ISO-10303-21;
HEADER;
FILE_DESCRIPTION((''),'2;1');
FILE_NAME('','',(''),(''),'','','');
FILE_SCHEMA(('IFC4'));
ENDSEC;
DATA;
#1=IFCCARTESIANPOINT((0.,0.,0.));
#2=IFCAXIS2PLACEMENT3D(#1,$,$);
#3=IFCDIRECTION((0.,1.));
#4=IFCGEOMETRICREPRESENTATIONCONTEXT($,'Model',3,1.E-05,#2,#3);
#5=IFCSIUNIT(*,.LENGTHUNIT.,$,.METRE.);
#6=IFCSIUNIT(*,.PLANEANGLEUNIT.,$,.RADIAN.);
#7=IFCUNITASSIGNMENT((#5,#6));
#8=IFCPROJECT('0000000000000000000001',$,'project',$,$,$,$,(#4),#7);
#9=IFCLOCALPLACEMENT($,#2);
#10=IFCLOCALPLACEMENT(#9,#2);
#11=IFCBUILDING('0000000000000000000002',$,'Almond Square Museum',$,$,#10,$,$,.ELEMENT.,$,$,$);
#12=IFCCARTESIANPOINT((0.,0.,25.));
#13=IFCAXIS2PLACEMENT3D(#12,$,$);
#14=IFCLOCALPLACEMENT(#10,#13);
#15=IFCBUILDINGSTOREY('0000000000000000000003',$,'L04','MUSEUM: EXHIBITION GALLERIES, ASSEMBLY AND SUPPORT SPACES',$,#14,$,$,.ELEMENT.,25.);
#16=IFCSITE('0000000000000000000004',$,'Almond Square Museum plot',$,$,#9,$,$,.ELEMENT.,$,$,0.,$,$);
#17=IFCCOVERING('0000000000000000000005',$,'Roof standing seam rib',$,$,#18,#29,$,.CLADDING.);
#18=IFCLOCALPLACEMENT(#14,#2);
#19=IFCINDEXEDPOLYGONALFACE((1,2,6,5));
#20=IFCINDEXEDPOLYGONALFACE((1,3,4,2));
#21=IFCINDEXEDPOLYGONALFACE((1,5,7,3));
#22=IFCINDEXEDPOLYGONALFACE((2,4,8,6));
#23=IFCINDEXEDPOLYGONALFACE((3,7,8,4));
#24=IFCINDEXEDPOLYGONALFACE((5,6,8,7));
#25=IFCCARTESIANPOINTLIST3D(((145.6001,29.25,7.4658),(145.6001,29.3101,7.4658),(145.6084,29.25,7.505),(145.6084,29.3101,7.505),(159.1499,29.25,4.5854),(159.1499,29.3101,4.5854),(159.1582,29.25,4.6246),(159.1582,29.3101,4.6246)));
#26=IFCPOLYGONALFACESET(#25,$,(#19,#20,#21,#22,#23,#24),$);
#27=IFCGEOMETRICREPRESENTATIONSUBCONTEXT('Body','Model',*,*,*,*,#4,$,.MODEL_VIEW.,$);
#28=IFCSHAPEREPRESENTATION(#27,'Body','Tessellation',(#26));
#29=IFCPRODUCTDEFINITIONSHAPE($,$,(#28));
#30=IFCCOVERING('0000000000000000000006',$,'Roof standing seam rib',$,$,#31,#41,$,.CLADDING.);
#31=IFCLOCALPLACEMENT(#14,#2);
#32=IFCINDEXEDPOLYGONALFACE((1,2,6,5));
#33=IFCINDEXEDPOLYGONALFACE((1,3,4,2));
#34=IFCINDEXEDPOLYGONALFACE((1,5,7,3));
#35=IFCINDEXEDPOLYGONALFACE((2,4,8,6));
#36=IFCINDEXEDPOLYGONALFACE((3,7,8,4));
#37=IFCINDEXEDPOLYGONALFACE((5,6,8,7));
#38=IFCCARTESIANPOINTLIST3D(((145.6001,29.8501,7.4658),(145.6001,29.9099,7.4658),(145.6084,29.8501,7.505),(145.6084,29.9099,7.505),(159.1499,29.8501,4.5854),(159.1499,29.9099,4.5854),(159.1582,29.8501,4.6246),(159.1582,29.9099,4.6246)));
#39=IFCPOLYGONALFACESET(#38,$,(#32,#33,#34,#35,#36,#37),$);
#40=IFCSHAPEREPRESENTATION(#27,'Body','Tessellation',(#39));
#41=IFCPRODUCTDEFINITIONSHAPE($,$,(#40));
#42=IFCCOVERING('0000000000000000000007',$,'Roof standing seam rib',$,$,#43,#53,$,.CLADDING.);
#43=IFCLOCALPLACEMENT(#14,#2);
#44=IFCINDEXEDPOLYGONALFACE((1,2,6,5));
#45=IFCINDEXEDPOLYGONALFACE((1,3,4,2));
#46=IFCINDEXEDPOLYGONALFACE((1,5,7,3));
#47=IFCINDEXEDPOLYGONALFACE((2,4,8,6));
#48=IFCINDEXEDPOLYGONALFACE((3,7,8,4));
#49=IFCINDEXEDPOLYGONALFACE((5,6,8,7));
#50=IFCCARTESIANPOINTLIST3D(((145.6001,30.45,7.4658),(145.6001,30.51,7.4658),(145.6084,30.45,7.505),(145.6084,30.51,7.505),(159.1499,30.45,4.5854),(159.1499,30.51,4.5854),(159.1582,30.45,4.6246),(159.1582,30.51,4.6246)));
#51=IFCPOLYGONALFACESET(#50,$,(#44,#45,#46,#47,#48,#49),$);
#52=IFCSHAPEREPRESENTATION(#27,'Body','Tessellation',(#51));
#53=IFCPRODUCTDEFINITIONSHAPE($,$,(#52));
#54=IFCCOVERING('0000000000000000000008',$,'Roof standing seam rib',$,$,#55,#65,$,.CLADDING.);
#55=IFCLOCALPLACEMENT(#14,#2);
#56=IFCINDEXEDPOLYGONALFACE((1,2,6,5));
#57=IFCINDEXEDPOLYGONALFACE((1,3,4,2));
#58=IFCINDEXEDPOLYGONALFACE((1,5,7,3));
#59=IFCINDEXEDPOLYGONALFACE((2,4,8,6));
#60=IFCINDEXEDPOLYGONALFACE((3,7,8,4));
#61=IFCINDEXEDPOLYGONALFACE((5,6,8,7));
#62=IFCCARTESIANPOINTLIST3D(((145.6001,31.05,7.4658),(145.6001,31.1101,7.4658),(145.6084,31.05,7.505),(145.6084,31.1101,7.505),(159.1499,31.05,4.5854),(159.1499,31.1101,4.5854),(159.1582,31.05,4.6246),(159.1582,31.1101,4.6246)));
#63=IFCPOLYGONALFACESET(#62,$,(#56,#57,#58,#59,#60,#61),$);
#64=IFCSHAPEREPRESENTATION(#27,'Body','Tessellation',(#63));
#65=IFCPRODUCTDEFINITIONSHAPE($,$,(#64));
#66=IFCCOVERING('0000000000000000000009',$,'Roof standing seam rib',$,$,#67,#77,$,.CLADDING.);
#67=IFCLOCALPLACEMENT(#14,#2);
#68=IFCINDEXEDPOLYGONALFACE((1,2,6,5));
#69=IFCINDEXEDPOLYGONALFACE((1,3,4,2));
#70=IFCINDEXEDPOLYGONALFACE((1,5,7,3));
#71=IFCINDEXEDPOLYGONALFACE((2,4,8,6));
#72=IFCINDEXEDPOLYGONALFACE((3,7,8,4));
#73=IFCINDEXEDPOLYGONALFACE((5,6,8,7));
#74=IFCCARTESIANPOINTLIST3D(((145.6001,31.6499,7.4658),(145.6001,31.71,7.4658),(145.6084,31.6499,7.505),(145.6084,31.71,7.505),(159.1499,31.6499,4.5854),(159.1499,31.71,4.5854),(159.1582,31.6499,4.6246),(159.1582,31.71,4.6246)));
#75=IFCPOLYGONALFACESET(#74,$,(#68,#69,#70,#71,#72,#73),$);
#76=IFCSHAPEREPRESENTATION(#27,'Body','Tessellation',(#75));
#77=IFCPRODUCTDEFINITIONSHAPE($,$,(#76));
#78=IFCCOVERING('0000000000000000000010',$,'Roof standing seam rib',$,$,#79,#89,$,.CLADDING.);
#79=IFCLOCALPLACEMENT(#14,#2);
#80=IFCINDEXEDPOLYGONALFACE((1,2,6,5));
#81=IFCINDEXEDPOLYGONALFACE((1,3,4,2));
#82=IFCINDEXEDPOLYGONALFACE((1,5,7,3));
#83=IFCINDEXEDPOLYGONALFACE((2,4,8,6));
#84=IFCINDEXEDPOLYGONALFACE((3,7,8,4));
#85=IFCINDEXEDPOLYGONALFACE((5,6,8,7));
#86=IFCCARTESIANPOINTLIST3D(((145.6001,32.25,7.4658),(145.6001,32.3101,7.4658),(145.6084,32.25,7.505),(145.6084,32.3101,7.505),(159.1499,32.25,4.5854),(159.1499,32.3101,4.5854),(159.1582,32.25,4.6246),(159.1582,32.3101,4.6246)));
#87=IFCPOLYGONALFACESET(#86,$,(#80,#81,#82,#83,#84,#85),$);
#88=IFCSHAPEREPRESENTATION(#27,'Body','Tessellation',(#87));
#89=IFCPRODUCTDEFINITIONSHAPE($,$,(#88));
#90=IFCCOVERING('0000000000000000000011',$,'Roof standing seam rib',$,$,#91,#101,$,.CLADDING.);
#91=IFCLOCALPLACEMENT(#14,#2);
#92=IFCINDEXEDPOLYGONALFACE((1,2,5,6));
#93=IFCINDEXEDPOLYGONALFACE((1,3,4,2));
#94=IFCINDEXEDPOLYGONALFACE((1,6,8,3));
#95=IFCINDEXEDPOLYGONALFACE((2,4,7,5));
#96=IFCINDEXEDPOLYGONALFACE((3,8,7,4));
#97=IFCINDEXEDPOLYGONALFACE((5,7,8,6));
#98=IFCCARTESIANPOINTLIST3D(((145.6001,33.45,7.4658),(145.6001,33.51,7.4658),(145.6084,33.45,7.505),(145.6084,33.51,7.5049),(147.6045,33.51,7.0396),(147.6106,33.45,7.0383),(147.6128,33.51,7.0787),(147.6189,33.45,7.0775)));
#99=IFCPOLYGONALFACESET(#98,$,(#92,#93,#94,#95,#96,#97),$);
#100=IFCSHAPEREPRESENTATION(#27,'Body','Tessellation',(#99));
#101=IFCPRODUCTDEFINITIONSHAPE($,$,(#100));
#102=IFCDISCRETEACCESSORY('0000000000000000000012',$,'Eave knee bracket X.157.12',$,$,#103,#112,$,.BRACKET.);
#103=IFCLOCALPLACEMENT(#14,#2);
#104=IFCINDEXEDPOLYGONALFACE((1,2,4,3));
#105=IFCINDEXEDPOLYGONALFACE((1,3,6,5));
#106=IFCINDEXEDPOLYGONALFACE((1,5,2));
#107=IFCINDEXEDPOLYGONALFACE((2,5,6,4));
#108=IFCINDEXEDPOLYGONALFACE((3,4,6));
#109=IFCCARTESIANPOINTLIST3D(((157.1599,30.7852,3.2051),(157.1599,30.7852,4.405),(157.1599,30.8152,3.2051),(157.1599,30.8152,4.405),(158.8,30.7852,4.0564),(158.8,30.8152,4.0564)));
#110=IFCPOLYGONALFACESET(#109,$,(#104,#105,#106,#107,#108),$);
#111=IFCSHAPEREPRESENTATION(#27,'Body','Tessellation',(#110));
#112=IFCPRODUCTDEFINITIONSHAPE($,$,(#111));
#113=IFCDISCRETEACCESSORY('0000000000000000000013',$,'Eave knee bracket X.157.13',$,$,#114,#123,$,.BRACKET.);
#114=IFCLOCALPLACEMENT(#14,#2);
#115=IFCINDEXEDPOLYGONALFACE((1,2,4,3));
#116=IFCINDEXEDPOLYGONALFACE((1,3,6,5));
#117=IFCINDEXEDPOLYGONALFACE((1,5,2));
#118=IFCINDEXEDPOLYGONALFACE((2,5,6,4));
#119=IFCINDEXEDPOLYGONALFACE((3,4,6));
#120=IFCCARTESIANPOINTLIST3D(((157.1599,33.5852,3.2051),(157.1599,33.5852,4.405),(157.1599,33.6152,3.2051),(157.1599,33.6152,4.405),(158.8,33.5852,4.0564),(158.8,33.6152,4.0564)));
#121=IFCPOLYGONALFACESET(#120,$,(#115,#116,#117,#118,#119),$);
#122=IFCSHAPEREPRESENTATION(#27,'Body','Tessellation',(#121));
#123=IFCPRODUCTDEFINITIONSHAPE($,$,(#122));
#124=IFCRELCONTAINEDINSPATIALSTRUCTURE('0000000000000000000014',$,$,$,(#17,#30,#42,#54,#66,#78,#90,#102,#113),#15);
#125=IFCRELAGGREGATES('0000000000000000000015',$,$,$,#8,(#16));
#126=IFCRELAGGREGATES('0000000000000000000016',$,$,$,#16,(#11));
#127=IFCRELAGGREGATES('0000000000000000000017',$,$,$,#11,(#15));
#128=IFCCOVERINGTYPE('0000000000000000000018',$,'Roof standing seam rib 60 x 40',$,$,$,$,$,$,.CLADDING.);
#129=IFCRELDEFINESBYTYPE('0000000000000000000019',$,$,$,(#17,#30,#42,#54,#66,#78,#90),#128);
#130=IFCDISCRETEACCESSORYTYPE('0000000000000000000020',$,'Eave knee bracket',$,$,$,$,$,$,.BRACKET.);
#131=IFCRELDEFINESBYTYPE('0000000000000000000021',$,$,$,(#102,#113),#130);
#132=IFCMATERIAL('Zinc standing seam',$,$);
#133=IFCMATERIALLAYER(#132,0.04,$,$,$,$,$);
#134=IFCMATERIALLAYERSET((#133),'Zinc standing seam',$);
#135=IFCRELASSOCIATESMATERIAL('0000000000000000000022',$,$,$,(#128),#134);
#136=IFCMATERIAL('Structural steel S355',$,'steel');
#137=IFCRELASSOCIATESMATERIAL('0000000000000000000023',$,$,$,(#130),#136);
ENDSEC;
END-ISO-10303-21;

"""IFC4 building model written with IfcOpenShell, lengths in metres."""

from ifc_helpers import new_model, si_unit, direction, frame, origin, place, context, subcontext, project, spatial, polyline, outline, extrude, material, layer, layer_set, type_object, element, save


model = new_model("IFC4")

# Units and contexts
model_context = context("Model", 3, precision=1e-05, world=origin(), true_north=direction((0.0, 1.0)))
body_context = subcontext(model_context, "Body", "Model", "MODEL_VIEW")
ifc_project = project(units=[si_unit("LENGTHUNIT", "METRE"), si_unit("PLANEANGLEUNIT", "RADIAN")], contexts=[model_context])

# Site, building, storey
site_placement = place(None, origin())
site = spatial("IfcSite", under=ifc_project, at=site_placement, Name="Almond Square Museum plot", CompositionType="ELEMENT", RefElevation=0.0)
building_placement = place(site_placement, origin())
building = spatial("IfcBuilding", under=site, at=building_placement, Name="Almond Square Museum", CompositionType="ELEMENT")
storey_placement = place(building_placement, frame((0.0, 0.0, 25.0)))
storey = spatial("IfcBuildingStorey", under=building, at=storey_placement, Name="L04", Description="MUSEUM: EXHIBITION GALLERIES, ASSEMBLY AND SUPPORT SPACES", CompositionType="ELEMENT", Elevation=25.0)

# Coverings
ifc_material_1 = material(Name="Zinc standing seam")
ifc_layer_1 = layer(ifc_material_1, 0.04)
ifc_layer_set_1 = layer_set([ifc_layer_1], Name="Zinc standing seam")
covering_type = type_object("IfcCoveringType", Name="Roof standing seam rib 60 x 40", PredefinedType="CLADDING", material=ifc_layer_set_1)
for number, where, z_axis, x_axis, name in (
    (1, (159.1499, 29.25, 4.5854), (0.20793, 0.0, 0.978144), (0.0, 1.0, 0.0), "Roof standing seam rib"),
):
    element("IfcCovering", number, at=place(storey_placement, frame(where, z_axis=z_axis, x_axis=x_axis)), inside=storey, type_object=covering_type, Name=name, PredefinedType="CLADDING", context=body_context, shape_type="SweptSolid", body=[
        extrude(outline(polyline([(0.0, 0.0), (0.0601, 0.0), (0.0601, 13.8526), (0.0, 13.8526), (0.0, 0.0)])), origin(), (0.0, 0.0, 1.0), 0.04),
    ])
covering_1_placement = place(storey_placement, frame((159.1499, 29.8501, 4.5854), z_axis=(0.20793, 0.0, 0.978144), x_axis=(0.0, 1.0, 0.0)))
element("IfcCovering", 2, at=covering_1_placement, inside=storey, type_object=covering_type, Name="Roof standing seam rib", PredefinedType="CLADDING", context=body_context, shape_type="SweptSolid", body=[
    extrude(outline(polyline([(0.0, 0.0), (0.0598, 0.0), (0.0598, 13.8526), (0.0, 13.8526), (0.0, 0.0)])), origin(), (0.0, 0.0, 1.0), 0.04),
])
for number, where, z_axis, x_axis, name in (
    (3, (159.1499, 30.45, 4.5854), (0.20793, 0.0, 0.978144), (0.0, 1.0, 0.0), "Roof standing seam rib"),
    (4, (159.1499, 31.05, 4.5854), (0.20793, 0.0, 0.978144), (0.0, 1.0, 0.0), "Roof standing seam rib"),
    (5, (159.1499, 31.6499, 4.5854), (0.20793, 0.0, 0.978144), (0.0, 1.0, 0.0), "Roof standing seam rib"),
    (6, (159.1499, 32.25, 4.5854), (0.20793, 0.0, 0.978144), (0.0, 1.0, 0.0), "Roof standing seam rib"),
):
    element("IfcCovering", number, at=place(storey_placement, frame(where, z_axis=z_axis, x_axis=x_axis)), inside=storey, type_object=covering_type, Name=name, PredefinedType="CLADDING", context=body_context, shape_type="SweptSolid", body=[
        extrude(outline(polyline([(0.0, 0.0), (0.0601, 0.0), (0.0601, 13.8526), (0.0, 13.8526), (0.0, 0.0)])), origin(), (0.0, 0.0, 1.0), 0.04),
    ])
covering_2_placement = place(storey_placement, frame((147.6045, 33.51, 7.0396), z_axis=(0.207997, 0.000629, 0.978129), x_axis=(-0.978129, 0.0, 0.207997)))
element("IfcCovering", 7, at=covering_2_placement, inside=storey, type_object=covering_type, Name="Roof standing seam rib", PredefinedType="CLADDING", context=body_context, shape_type="SweptSolid", body=[
    extrude(outline(polyline([(0.0, 0.0), (2.0492, 0.0), (2.0492, 0.0601), (-0.0062, 0.0601), (0.0, 0.0)])), origin(), (0.0, 0.0, 1.0), 0.04),
])

# Discrete accessories
ifc_material_2 = material(Name="Structural steel S355", Category="steel")
discrete_accessory_type = type_object("IfcDiscreteAccessoryType", Name="Eave knee bracket", PredefinedType="BRACKET", material=ifc_material_2)
for number, where, z_axis, x_axis, name in (
    (8, (157.1599, 30.8, 4.405), (0.0, -1.0, 0.0), (0.0, 0.0, -1.0), "Eave knee bracket X.157.12"),
    (9, (157.1599, 33.6001, 4.405), (0.0, -1.0, 0.0), (0.0, 0.0, -1.0), "Eave knee bracket X.157.13"),
):
    element("IfcDiscreteAccessory", number, at=place(storey_placement, frame(where, z_axis=z_axis, x_axis=x_axis)), inside=storey, type_object=discrete_accessory_type, Name=name, PredefinedType="BRACKET", context=body_context, shape_type="SweptSolid", body=[
        extrude(outline(polyline([(0.0, 0.0), (1.2, 0.0), (0.3486, 1.6401), (0.0, 0.0)])), frame((0.0, 0.0, -0.0151)), (0.0, 0.0, 1.0), 0.03),
    ])

save(model, "model.ifc")
